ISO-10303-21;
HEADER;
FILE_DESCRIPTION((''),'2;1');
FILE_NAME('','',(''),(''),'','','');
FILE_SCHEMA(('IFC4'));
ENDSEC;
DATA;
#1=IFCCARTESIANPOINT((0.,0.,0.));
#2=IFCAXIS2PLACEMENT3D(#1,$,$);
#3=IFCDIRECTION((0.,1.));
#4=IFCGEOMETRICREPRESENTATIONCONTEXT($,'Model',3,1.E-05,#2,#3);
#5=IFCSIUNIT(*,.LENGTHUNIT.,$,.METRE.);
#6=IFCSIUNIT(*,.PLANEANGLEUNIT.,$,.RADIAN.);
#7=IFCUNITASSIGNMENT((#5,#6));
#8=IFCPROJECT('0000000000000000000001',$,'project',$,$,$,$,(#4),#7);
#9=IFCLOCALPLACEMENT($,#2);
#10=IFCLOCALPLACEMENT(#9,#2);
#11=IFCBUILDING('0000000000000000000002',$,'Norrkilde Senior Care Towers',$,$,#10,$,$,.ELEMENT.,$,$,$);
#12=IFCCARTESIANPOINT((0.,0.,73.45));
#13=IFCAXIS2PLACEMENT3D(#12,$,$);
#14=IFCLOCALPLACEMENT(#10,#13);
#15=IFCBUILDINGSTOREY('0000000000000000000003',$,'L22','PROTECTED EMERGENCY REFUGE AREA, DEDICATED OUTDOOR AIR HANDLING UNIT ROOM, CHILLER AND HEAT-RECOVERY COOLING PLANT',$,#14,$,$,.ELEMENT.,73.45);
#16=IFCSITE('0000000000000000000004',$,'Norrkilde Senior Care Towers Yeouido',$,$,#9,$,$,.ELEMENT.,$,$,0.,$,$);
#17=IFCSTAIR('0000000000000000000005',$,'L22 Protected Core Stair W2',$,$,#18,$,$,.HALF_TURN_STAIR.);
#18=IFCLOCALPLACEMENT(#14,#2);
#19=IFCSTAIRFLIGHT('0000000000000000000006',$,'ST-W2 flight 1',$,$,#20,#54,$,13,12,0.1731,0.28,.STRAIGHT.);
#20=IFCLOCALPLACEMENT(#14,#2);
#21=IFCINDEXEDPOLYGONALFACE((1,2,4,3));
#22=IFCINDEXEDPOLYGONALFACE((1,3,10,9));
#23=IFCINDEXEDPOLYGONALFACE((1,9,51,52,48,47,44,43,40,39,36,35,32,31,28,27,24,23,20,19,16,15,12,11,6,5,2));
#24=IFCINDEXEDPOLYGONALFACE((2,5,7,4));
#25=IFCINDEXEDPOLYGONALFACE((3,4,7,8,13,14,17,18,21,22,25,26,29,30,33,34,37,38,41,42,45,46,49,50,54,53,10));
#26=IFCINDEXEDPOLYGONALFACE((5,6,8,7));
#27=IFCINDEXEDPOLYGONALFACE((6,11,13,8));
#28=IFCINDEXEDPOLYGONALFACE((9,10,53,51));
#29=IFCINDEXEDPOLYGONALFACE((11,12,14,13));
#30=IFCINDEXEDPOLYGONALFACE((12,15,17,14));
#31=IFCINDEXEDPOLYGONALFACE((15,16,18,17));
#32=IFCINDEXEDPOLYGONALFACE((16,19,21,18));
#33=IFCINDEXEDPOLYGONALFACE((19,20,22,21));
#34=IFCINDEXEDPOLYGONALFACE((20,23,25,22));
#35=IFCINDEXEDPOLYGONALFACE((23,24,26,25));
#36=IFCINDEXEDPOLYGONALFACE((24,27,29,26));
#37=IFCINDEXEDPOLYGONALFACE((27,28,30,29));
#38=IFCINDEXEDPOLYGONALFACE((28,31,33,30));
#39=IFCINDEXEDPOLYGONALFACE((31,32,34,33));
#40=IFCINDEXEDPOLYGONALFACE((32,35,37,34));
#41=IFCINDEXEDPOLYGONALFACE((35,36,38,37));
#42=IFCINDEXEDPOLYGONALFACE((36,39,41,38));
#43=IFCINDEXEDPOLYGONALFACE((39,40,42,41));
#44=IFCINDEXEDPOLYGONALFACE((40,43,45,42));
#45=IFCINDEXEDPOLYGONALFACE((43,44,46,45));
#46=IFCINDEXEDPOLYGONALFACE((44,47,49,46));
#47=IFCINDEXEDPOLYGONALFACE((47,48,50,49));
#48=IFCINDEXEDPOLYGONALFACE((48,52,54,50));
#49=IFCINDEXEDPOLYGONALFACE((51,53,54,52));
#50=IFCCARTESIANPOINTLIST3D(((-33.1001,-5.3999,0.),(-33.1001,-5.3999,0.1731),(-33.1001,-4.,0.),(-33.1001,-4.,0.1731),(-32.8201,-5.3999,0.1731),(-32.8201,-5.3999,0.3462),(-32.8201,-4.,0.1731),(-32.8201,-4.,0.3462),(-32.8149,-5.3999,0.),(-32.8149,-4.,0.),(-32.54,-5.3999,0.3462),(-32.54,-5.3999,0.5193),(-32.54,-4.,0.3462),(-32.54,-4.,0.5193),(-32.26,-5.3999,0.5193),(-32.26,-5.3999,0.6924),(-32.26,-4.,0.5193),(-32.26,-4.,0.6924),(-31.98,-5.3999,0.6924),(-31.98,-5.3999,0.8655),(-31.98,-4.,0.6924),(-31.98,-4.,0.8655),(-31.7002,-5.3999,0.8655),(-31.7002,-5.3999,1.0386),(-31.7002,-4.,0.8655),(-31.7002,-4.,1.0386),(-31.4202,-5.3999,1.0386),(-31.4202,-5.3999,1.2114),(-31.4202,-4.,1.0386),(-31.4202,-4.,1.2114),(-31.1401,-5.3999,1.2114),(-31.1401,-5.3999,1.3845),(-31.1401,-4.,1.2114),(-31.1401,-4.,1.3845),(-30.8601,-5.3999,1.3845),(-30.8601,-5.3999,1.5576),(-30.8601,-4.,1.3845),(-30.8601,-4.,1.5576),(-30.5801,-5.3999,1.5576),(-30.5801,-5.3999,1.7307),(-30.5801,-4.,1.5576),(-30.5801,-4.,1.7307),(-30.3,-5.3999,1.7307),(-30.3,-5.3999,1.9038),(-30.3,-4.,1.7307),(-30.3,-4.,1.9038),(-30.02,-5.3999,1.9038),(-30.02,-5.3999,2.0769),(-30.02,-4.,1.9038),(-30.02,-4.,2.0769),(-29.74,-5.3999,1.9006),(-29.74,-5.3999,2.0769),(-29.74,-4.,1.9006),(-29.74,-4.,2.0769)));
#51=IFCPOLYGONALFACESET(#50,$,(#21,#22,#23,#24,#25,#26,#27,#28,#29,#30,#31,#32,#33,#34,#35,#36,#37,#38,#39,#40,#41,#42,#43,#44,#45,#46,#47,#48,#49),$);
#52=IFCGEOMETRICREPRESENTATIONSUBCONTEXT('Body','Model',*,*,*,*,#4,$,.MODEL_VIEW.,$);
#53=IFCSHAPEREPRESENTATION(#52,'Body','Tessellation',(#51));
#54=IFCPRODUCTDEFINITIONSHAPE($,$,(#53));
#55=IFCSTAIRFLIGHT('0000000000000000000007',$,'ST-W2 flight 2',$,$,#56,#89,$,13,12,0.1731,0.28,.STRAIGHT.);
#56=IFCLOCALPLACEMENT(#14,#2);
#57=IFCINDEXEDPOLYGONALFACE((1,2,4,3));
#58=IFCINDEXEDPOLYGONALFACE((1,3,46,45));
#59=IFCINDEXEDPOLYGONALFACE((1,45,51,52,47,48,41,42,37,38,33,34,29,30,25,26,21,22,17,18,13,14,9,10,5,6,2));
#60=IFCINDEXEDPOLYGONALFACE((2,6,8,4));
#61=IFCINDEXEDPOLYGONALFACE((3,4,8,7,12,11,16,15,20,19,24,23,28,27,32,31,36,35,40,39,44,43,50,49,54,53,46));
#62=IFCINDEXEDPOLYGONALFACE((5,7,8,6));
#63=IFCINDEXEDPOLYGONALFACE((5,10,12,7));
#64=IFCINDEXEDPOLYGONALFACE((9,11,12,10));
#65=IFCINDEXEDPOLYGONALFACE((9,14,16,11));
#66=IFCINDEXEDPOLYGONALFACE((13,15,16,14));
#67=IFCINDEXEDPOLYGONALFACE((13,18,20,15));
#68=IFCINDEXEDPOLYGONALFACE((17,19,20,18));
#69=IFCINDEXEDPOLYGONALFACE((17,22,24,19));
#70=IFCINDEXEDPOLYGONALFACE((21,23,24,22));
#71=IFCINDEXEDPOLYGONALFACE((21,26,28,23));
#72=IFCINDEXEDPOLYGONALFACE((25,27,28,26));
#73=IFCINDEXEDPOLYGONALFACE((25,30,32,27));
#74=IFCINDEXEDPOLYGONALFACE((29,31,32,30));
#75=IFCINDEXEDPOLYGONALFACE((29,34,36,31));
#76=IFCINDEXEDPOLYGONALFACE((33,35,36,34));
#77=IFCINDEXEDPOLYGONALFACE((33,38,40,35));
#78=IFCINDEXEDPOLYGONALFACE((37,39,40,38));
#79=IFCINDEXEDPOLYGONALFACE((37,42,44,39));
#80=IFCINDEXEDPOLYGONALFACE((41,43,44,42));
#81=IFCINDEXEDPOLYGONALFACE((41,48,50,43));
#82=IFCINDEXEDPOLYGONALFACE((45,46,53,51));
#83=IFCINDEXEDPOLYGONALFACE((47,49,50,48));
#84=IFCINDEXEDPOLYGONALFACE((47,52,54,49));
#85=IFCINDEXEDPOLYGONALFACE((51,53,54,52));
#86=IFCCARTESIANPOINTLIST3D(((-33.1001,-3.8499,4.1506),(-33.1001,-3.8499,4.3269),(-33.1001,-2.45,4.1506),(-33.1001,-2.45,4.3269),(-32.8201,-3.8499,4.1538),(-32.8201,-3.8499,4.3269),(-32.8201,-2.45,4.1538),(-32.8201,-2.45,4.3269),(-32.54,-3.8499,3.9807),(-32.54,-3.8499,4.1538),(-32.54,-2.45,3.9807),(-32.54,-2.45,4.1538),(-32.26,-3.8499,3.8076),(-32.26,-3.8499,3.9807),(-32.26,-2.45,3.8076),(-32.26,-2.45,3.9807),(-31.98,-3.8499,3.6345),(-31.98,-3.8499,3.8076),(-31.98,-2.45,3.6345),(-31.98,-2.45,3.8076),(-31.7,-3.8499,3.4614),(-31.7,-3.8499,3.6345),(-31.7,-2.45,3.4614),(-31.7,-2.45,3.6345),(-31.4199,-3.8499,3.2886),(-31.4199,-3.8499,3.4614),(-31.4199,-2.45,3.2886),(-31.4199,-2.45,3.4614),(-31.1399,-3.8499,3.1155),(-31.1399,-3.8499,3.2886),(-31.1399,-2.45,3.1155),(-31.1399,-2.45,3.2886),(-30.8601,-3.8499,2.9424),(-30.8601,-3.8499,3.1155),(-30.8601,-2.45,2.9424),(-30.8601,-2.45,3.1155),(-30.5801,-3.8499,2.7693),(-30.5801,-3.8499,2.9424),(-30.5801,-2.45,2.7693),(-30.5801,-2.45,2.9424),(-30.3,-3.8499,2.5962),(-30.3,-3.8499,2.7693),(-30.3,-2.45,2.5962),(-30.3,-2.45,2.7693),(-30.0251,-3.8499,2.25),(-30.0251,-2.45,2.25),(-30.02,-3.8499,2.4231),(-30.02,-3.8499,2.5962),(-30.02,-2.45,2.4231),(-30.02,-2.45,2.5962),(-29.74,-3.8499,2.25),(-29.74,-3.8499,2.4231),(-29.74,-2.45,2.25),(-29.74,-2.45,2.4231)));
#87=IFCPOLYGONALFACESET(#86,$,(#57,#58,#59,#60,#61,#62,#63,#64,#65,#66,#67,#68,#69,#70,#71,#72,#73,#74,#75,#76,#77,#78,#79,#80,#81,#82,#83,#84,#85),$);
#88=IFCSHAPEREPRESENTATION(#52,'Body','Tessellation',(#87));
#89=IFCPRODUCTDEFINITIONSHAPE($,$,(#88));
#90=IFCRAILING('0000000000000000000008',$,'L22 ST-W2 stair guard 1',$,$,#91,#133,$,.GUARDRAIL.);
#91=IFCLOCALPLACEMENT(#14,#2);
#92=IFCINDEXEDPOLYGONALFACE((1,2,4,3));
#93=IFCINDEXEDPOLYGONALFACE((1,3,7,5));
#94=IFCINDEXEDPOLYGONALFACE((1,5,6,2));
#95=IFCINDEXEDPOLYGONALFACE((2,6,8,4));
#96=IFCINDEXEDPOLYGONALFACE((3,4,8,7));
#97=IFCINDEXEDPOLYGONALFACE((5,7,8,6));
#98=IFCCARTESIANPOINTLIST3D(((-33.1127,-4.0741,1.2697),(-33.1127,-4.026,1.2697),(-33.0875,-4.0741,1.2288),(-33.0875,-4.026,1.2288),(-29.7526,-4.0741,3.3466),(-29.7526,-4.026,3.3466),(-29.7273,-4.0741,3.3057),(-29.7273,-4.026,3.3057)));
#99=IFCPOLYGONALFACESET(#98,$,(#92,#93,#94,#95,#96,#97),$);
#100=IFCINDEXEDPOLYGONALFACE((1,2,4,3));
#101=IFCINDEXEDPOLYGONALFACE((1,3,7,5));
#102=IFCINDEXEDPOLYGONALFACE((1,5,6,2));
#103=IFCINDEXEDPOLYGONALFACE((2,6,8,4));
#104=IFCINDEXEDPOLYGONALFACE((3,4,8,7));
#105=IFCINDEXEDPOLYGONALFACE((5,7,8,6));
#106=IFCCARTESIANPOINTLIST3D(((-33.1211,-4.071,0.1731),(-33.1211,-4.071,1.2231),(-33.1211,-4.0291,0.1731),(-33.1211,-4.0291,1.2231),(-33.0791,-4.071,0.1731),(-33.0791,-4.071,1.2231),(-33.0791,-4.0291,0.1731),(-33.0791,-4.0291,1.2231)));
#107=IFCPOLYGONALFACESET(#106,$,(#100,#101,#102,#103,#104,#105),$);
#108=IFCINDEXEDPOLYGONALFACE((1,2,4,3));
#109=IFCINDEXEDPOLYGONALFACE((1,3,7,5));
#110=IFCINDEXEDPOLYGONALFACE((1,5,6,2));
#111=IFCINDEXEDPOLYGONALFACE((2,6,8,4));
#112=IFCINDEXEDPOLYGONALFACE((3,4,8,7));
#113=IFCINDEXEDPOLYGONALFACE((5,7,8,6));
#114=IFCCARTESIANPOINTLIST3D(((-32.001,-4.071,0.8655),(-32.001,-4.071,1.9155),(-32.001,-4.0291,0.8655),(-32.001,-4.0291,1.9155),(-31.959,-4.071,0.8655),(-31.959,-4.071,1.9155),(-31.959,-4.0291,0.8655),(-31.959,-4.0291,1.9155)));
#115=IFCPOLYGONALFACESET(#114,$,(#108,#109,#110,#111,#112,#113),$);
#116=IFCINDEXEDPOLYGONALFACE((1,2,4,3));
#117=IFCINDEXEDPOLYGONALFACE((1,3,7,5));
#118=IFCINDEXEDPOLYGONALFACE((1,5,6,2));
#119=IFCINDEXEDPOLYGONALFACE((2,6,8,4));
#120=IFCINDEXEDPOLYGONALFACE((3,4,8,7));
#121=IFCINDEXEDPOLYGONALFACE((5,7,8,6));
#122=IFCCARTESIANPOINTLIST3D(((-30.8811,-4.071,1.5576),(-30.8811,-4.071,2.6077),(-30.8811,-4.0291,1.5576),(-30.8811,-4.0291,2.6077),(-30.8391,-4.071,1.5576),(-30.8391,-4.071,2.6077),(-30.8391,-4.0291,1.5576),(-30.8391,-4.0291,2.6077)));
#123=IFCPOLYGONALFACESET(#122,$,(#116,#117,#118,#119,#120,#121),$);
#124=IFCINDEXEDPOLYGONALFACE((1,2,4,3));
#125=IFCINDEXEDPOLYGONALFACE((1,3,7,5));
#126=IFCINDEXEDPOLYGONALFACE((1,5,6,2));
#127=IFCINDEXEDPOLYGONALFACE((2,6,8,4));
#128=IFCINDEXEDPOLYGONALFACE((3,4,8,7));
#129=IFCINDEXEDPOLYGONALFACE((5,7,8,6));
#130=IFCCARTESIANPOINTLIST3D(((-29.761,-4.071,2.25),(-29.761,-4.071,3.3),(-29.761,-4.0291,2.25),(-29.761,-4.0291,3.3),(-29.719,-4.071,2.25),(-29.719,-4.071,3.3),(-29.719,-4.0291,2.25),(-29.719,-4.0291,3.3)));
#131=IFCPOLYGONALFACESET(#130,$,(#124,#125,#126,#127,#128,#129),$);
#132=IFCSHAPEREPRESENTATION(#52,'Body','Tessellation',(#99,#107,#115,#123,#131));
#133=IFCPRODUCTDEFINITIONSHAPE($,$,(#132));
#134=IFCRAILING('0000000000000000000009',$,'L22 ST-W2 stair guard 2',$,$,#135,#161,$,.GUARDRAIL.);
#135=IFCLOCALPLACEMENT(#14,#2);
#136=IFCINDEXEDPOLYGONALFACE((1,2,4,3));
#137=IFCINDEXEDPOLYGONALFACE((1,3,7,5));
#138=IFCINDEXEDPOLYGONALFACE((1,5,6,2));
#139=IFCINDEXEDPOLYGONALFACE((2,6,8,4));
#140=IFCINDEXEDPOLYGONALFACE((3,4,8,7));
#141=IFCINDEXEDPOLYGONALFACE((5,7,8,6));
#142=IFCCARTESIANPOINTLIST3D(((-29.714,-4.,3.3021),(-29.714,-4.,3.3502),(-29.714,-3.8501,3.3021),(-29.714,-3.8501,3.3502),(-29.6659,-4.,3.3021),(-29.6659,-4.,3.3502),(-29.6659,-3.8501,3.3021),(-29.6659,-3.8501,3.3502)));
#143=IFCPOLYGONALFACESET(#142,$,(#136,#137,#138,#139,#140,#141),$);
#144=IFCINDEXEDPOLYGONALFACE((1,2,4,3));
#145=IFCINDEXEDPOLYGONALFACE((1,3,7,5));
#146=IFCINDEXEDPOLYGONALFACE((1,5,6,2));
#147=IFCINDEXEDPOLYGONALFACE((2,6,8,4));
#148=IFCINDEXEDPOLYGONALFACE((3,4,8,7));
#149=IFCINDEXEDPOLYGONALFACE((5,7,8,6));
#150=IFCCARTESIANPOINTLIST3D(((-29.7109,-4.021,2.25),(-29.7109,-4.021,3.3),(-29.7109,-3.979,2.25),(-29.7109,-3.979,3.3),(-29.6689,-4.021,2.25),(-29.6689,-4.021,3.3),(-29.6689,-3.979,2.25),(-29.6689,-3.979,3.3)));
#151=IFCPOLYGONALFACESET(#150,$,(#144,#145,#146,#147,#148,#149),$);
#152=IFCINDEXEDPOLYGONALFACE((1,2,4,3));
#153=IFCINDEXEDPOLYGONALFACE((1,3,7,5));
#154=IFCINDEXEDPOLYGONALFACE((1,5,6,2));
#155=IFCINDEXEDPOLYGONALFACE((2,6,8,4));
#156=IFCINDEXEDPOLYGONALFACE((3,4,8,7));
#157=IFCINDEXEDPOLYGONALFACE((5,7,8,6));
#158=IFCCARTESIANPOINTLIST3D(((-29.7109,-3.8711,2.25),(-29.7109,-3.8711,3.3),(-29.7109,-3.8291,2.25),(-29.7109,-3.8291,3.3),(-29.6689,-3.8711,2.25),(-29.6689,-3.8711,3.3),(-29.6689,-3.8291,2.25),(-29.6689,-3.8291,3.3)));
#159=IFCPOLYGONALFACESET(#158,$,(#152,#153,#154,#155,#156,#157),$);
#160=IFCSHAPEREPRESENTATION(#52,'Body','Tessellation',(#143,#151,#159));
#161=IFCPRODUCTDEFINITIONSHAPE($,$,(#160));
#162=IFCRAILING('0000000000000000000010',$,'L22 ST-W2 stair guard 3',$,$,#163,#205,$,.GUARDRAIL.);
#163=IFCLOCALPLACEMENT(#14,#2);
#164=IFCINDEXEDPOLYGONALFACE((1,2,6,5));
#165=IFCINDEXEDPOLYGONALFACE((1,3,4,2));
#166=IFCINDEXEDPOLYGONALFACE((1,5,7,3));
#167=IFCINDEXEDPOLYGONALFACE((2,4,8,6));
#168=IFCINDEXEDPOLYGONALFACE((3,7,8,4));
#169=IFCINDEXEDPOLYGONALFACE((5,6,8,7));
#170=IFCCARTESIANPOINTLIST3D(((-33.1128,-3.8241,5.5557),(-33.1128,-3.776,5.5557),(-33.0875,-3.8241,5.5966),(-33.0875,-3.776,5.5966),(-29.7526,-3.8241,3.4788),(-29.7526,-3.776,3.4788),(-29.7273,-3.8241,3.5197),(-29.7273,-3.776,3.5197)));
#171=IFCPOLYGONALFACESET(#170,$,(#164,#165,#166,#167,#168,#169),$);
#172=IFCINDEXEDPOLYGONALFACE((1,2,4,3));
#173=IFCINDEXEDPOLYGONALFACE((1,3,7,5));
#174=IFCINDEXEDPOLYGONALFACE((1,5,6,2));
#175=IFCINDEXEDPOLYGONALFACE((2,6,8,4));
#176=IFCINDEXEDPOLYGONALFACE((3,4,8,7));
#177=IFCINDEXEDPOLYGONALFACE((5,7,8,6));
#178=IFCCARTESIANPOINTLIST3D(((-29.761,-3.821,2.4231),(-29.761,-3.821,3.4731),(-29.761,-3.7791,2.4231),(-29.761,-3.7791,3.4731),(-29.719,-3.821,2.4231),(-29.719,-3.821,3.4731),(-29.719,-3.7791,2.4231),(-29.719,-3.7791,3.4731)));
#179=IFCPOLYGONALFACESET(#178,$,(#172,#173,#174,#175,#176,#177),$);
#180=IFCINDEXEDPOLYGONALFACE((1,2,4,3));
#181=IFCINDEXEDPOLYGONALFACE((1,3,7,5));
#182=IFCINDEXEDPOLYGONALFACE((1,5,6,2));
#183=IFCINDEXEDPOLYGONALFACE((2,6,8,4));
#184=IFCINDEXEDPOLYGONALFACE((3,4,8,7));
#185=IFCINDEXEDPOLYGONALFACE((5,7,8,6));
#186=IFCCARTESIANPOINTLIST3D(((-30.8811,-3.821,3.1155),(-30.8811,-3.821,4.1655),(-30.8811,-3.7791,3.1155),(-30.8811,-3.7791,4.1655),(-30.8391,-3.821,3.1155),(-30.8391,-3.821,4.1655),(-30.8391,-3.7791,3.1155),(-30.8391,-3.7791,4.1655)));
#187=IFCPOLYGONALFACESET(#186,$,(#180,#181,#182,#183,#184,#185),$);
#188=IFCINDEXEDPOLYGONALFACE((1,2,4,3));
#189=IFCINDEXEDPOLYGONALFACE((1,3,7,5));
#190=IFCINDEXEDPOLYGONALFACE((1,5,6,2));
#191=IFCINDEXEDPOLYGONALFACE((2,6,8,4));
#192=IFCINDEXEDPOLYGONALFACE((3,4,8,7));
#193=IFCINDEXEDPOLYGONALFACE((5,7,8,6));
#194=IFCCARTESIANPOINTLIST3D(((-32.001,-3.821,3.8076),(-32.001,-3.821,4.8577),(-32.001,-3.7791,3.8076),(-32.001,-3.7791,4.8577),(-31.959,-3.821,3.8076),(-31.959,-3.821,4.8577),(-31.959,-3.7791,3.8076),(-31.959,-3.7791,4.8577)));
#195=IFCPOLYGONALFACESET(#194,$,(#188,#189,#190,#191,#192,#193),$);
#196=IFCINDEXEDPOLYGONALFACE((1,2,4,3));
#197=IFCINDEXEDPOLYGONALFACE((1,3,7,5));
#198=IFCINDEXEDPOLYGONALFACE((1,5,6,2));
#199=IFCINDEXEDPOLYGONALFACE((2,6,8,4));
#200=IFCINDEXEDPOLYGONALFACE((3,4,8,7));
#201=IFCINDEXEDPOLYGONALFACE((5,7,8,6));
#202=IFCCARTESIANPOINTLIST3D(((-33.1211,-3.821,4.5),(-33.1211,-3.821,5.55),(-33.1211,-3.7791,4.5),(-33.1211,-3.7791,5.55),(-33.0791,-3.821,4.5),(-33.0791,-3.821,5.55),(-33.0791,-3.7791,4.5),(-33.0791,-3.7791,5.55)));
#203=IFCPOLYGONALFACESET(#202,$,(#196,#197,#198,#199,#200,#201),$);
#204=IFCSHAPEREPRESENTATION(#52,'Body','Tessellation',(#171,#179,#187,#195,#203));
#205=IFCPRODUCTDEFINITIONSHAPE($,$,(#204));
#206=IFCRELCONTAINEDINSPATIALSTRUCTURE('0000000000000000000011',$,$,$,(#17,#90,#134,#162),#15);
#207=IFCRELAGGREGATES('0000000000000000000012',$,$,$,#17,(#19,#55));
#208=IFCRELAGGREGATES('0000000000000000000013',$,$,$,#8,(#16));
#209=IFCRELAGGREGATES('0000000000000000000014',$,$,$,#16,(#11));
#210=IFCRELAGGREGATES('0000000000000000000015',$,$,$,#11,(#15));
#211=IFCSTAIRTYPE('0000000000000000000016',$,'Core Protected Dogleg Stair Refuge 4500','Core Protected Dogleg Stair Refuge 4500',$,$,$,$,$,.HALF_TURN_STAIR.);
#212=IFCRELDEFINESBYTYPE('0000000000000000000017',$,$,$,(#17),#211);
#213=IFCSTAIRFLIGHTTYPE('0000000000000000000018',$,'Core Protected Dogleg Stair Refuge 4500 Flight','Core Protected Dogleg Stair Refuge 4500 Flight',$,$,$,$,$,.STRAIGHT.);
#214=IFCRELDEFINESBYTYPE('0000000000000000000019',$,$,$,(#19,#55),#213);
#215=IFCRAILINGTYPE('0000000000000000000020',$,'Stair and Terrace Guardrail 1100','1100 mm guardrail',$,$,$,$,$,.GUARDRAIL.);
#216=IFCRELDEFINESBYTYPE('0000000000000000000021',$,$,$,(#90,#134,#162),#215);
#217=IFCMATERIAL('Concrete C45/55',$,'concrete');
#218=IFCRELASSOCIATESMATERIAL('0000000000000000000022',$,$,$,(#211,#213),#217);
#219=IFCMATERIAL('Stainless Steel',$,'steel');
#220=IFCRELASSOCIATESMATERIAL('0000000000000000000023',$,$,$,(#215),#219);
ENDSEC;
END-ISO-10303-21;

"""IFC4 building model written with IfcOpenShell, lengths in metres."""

from ifc_helpers import new_model, si_unit, direction, frame, origin, origin_2d, place, context, subcontext, project, spatial, polyline, rectangle, outline, extrude, material, type_object, element, aggregate, save


model = new_model("IFC4")

# Units and contexts
model_context = context("Model", 3, precision=1e-05, world=origin(), true_north=direction((0.0, 1.0)))
body_context = subcontext(model_context, "Body", "Model", "MODEL_VIEW")
ifc_project = project(units=[si_unit("LENGTHUNIT", "METRE"), si_unit("PLANEANGLEUNIT", "RADIAN")], contexts=[model_context])

# Site, building, storey
site_placement = place(None, origin())
site = spatial("IfcSite", under=ifc_project, at=site_placement, Name="Norrkilde Senior Care Towers Yeouido", CompositionType="ELEMENT", RefElevation=0.0)
building_placement = place(site_placement, origin())
building = spatial("IfcBuilding", under=site, at=building_placement, Name="Norrkilde Senior Care Towers", CompositionType="ELEMENT")
storey_placement = place(building_placement, frame((0.0, 0.0, 73.45)))
storey = spatial("IfcBuildingStorey", under=building, at=storey_placement, Name="L22", Description="PROTECTED EMERGENCY REFUGE AREA, DEDICATED OUTDOOR AIR HANDLING UNIT ROOM, CHILLER AND HEAT-RECOVERY COOLING PLANT", CompositionType="ELEMENT", Elevation=73.45)

# Shared definitions
ifc_material_1 = material(Name="Concrete C45/55", Category="concrete")

# Shared definitions
ifc_material_2 = material(Name="Stainless Steel", Category="steel")

# Stair, stair flights
stair_type = type_object("IfcStairType", Name="Core Protected Dogleg Stair Refuge 4500", Description="Core Protected Dogleg Stair Refuge 4500", PredefinedType="HALF_TURN_STAIR", material=ifc_material_1)
stair_placement = place(storey_placement, origin())
stair = element("IfcStair", 1, at=stair_placement, inside=storey, type_object=stair_type, Name="L22 Protected Core Stair W2", PredefinedType="HALF_TURN_STAIR")
stair_flight_type = type_object("IfcStairFlightType", Name="Core Protected Dogleg Stair Refuge 4500 Flight", Description="Core Protected Dogleg Stair Refuge 4500 Flight", PredefinedType="STRAIGHT", material=ifc_material_1)
stair_flight_1_placement = place(storey_placement, frame((-33.1001, -4.7, 0.0), z_axis=(0.0, 0.0, 1.0), x_axis=(1.0, 0.0, 0.0)))
stair_flight_1 = element("IfcStairFlight", 2, at=stair_flight_1_placement, type_object=stair_flight_type, Name="ST-W2 flight 1", NumberOfRisers=13, NumberOfTreads=12, PredefinedType="STRAIGHT", RiserHeight=0.1731, TreadLength=0.28, context=body_context, shape_type="SweptSolid", body=[
    extrude(outline(polyline([(0.0, 0.0), (0.0, 0.1731), (0.28, 0.1731), (0.28, 0.3462), (0.5601, 0.3462), (0.5601, 0.5193), (0.8401, 0.5193), (0.8401, 0.6924), (1.1201, 0.6924), (1.1201, 0.8655), (1.3999, 0.8655), (1.3999, 1.0386), (1.6799, 1.0386), (1.6799, 1.2114), (1.96, 1.2114), (1.96, 1.3845), (2.24, 1.3845), (2.24, 1.5576), (2.52, 1.5576), (2.52, 1.7307), (2.8, 1.7307), (2.8, 1.9038), (3.0801, 1.9038), (3.0801, 2.0769), (3.3601, 2.0769), (3.3601, 2.25), (3.3601, 1.9006), (0.2852, 0.0), (0.0, 0.0)])), frame((0.0, 0.7, 0.0), z_axis=(0.0, -1.0, 0.0), x_axis=(1.0, 0.0, 0.0)), (0.0, 0.0, 1.0), 1.3999),
])
stair_flight_2_placement = place(storey_placement, frame((-29.74, -3.1499, 2.25), z_axis=(0.0, 0.0, 1.0), x_axis=(-1.0, 0.0, 0.0)))
stair_flight_2 = element("IfcStairFlight", 3, at=stair_flight_2_placement, type_object=stair_flight_type, Name="ST-W2 flight 2", NumberOfRisers=13, NumberOfTreads=12, PredefinedType="STRAIGHT", RiserHeight=0.1731, TreadLength=0.28, context=body_context, shape_type="SweptSolid", body=[
    extrude(outline(polyline([(0.0, 0.0), (0.0, 0.1731), (0.28, 0.1731), (0.28, 0.3462), (0.5601, 0.3462), (0.5601, 0.5193), (0.8401, 0.5193), (0.8401, 0.6924), (1.1201, 0.6924), (1.1201, 0.8655), (1.3999, 0.8655), (1.3999, 1.0386), (1.6799, 1.0386), (1.6799, 1.2114), (1.96, 1.2114), (1.96, 1.3845), (2.24, 1.3845), (2.24, 1.5576), (2.52, 1.5576), (2.52, 1.7307), (2.8, 1.7307), (2.8, 1.9038), (3.0801, 1.9038), (3.0801, 2.0769), (3.3601, 2.0769), (3.3601, 2.25), (3.3601, 1.9006), (0.2852, 0.0), (0.0, 0.0)])), frame((0.0, 0.7, 0.0), z_axis=(0.0, -1.0, 0.0), x_axis=(1.0, 0.0, 0.0)), (0.0, 0.0, 1.0), 1.3999),
])
aggregate(stair, [stair_flight_1, stair_flight_2])

# Railings
railing_type_1 = type_object("IfcRailingType", Name="Stair and Terrace Guardrail 1100", Description="1100 mm guardrail", PredefinedType="GUARDRAIL", material=ifc_material_2)
railing_1_placement = place(storey_placement, frame((-33.1001, -4.05, 0.1731)))
element("IfcRailing", 4, at=railing_1_placement, inside=storey, type_object=railing_type_1, Name="L22 ST-W2 stair guard 1", PredefinedType="GUARDRAIL", context=body_context, shape_type="SweptSolid", body=[
    extrude(rectangle(XDim=0.0481, YDim=0.0481, at=origin_2d()), frame((0.0, 0.0, 1.0762), z_axis=(0.850623, 0.0, 0.525776), x_axis=(0.0, 1.0, 0.0)), (0.0, 0.0, 1.0), 3.9502),
    extrude(rectangle(XDim=0.042, YDim=0.042, at=origin_2d()), origin(), (0.0, 0.0, 1.0), 1.05),
    extrude(rectangle(XDim=0.042, YDim=0.042, at=origin_2d()), frame((1.1201, 0.0, 0.6924)), (0.0, 0.0, 1.0), 1.05),
    extrude(rectangle(XDim=0.042, YDim=0.042, at=origin_2d()), frame((2.24, 0.0, 1.3845)), (0.0, 0.0, 1.0), 1.05),
    extrude(rectangle(XDim=0.042, YDim=0.042, at=origin_2d()), frame((3.3601, 0.0, 2.0769)), (0.0, 0.0, 1.0), 1.05),
])
railing_2_placement = place(storey_placement, frame((-29.6899, -4.0, 2.25)))
element("IfcRailing", 5, at=railing_2_placement, inside=storey, type_object=railing_type_1, Name="L22 ST-W2 stair guard 2", PredefinedType="GUARDRAIL", context=body_context, shape_type="SweptSolid", body=[
    extrude(rectangle(XDim=0.0481, YDim=0.0481, at=origin_2d()), frame((0.0, 0.0, 1.0762), z_axis=(0.0, 1.0, 0.0), x_axis=(-1.0, 0.0, 0.0)), (0.0, 0.0, 1.0), 0.1499),
    extrude(rectangle(XDim=0.042, YDim=0.042, at=origin_2d()), origin(), (0.0, 0.0, 1.0), 1.05),
    extrude(rectangle(XDim=0.042, YDim=0.042, at=origin_2d()), frame((0.0, 0.1499, 0.0)), (0.0, 0.0, 1.0), 1.05),
])
railing_3_placement = place(storey_placement, frame((-29.74, -3.8, 2.4231)))
element("IfcRailing", 6, at=railing_3_placement, inside=storey, type_object=railing_type_1, Name="L22 ST-W2 stair guard 3", PredefinedType="GUARDRAIL", context=body_context, shape_type="SweptSolid", body=[
    extrude(rectangle(XDim=0.0481, YDim=0.0481, at=origin_2d()), frame((0.0, 0.0, 1.0762), z_axis=(-0.850623, 0.0, 0.525776), x_axis=(0.0, -1.0, 0.0)), (0.0, 0.0, 1.0), 3.9502),
    extrude(rectangle(XDim=0.042, YDim=0.042, at=origin_2d()), origin(), (0.0, 0.0, 1.0), 1.05),
    extrude(rectangle(XDim=0.042, YDim=0.042, at=origin_2d()), frame((-1.1201, 0.0, 0.6924)), (0.0, 0.0, 1.0), 1.05),
    extrude(rectangle(XDim=0.042, YDim=0.042, at=origin_2d()), frame((-2.24, 0.0, 1.3845)), (0.0, 0.0, 1.0), 1.05),
    extrude(rectangle(XDim=0.042, YDim=0.042, at=origin_2d()), frame((-3.3601, 0.0, 2.0769)), (0.0, 0.0, 1.0), 1.05),
])

save(model, "model.ifc")
